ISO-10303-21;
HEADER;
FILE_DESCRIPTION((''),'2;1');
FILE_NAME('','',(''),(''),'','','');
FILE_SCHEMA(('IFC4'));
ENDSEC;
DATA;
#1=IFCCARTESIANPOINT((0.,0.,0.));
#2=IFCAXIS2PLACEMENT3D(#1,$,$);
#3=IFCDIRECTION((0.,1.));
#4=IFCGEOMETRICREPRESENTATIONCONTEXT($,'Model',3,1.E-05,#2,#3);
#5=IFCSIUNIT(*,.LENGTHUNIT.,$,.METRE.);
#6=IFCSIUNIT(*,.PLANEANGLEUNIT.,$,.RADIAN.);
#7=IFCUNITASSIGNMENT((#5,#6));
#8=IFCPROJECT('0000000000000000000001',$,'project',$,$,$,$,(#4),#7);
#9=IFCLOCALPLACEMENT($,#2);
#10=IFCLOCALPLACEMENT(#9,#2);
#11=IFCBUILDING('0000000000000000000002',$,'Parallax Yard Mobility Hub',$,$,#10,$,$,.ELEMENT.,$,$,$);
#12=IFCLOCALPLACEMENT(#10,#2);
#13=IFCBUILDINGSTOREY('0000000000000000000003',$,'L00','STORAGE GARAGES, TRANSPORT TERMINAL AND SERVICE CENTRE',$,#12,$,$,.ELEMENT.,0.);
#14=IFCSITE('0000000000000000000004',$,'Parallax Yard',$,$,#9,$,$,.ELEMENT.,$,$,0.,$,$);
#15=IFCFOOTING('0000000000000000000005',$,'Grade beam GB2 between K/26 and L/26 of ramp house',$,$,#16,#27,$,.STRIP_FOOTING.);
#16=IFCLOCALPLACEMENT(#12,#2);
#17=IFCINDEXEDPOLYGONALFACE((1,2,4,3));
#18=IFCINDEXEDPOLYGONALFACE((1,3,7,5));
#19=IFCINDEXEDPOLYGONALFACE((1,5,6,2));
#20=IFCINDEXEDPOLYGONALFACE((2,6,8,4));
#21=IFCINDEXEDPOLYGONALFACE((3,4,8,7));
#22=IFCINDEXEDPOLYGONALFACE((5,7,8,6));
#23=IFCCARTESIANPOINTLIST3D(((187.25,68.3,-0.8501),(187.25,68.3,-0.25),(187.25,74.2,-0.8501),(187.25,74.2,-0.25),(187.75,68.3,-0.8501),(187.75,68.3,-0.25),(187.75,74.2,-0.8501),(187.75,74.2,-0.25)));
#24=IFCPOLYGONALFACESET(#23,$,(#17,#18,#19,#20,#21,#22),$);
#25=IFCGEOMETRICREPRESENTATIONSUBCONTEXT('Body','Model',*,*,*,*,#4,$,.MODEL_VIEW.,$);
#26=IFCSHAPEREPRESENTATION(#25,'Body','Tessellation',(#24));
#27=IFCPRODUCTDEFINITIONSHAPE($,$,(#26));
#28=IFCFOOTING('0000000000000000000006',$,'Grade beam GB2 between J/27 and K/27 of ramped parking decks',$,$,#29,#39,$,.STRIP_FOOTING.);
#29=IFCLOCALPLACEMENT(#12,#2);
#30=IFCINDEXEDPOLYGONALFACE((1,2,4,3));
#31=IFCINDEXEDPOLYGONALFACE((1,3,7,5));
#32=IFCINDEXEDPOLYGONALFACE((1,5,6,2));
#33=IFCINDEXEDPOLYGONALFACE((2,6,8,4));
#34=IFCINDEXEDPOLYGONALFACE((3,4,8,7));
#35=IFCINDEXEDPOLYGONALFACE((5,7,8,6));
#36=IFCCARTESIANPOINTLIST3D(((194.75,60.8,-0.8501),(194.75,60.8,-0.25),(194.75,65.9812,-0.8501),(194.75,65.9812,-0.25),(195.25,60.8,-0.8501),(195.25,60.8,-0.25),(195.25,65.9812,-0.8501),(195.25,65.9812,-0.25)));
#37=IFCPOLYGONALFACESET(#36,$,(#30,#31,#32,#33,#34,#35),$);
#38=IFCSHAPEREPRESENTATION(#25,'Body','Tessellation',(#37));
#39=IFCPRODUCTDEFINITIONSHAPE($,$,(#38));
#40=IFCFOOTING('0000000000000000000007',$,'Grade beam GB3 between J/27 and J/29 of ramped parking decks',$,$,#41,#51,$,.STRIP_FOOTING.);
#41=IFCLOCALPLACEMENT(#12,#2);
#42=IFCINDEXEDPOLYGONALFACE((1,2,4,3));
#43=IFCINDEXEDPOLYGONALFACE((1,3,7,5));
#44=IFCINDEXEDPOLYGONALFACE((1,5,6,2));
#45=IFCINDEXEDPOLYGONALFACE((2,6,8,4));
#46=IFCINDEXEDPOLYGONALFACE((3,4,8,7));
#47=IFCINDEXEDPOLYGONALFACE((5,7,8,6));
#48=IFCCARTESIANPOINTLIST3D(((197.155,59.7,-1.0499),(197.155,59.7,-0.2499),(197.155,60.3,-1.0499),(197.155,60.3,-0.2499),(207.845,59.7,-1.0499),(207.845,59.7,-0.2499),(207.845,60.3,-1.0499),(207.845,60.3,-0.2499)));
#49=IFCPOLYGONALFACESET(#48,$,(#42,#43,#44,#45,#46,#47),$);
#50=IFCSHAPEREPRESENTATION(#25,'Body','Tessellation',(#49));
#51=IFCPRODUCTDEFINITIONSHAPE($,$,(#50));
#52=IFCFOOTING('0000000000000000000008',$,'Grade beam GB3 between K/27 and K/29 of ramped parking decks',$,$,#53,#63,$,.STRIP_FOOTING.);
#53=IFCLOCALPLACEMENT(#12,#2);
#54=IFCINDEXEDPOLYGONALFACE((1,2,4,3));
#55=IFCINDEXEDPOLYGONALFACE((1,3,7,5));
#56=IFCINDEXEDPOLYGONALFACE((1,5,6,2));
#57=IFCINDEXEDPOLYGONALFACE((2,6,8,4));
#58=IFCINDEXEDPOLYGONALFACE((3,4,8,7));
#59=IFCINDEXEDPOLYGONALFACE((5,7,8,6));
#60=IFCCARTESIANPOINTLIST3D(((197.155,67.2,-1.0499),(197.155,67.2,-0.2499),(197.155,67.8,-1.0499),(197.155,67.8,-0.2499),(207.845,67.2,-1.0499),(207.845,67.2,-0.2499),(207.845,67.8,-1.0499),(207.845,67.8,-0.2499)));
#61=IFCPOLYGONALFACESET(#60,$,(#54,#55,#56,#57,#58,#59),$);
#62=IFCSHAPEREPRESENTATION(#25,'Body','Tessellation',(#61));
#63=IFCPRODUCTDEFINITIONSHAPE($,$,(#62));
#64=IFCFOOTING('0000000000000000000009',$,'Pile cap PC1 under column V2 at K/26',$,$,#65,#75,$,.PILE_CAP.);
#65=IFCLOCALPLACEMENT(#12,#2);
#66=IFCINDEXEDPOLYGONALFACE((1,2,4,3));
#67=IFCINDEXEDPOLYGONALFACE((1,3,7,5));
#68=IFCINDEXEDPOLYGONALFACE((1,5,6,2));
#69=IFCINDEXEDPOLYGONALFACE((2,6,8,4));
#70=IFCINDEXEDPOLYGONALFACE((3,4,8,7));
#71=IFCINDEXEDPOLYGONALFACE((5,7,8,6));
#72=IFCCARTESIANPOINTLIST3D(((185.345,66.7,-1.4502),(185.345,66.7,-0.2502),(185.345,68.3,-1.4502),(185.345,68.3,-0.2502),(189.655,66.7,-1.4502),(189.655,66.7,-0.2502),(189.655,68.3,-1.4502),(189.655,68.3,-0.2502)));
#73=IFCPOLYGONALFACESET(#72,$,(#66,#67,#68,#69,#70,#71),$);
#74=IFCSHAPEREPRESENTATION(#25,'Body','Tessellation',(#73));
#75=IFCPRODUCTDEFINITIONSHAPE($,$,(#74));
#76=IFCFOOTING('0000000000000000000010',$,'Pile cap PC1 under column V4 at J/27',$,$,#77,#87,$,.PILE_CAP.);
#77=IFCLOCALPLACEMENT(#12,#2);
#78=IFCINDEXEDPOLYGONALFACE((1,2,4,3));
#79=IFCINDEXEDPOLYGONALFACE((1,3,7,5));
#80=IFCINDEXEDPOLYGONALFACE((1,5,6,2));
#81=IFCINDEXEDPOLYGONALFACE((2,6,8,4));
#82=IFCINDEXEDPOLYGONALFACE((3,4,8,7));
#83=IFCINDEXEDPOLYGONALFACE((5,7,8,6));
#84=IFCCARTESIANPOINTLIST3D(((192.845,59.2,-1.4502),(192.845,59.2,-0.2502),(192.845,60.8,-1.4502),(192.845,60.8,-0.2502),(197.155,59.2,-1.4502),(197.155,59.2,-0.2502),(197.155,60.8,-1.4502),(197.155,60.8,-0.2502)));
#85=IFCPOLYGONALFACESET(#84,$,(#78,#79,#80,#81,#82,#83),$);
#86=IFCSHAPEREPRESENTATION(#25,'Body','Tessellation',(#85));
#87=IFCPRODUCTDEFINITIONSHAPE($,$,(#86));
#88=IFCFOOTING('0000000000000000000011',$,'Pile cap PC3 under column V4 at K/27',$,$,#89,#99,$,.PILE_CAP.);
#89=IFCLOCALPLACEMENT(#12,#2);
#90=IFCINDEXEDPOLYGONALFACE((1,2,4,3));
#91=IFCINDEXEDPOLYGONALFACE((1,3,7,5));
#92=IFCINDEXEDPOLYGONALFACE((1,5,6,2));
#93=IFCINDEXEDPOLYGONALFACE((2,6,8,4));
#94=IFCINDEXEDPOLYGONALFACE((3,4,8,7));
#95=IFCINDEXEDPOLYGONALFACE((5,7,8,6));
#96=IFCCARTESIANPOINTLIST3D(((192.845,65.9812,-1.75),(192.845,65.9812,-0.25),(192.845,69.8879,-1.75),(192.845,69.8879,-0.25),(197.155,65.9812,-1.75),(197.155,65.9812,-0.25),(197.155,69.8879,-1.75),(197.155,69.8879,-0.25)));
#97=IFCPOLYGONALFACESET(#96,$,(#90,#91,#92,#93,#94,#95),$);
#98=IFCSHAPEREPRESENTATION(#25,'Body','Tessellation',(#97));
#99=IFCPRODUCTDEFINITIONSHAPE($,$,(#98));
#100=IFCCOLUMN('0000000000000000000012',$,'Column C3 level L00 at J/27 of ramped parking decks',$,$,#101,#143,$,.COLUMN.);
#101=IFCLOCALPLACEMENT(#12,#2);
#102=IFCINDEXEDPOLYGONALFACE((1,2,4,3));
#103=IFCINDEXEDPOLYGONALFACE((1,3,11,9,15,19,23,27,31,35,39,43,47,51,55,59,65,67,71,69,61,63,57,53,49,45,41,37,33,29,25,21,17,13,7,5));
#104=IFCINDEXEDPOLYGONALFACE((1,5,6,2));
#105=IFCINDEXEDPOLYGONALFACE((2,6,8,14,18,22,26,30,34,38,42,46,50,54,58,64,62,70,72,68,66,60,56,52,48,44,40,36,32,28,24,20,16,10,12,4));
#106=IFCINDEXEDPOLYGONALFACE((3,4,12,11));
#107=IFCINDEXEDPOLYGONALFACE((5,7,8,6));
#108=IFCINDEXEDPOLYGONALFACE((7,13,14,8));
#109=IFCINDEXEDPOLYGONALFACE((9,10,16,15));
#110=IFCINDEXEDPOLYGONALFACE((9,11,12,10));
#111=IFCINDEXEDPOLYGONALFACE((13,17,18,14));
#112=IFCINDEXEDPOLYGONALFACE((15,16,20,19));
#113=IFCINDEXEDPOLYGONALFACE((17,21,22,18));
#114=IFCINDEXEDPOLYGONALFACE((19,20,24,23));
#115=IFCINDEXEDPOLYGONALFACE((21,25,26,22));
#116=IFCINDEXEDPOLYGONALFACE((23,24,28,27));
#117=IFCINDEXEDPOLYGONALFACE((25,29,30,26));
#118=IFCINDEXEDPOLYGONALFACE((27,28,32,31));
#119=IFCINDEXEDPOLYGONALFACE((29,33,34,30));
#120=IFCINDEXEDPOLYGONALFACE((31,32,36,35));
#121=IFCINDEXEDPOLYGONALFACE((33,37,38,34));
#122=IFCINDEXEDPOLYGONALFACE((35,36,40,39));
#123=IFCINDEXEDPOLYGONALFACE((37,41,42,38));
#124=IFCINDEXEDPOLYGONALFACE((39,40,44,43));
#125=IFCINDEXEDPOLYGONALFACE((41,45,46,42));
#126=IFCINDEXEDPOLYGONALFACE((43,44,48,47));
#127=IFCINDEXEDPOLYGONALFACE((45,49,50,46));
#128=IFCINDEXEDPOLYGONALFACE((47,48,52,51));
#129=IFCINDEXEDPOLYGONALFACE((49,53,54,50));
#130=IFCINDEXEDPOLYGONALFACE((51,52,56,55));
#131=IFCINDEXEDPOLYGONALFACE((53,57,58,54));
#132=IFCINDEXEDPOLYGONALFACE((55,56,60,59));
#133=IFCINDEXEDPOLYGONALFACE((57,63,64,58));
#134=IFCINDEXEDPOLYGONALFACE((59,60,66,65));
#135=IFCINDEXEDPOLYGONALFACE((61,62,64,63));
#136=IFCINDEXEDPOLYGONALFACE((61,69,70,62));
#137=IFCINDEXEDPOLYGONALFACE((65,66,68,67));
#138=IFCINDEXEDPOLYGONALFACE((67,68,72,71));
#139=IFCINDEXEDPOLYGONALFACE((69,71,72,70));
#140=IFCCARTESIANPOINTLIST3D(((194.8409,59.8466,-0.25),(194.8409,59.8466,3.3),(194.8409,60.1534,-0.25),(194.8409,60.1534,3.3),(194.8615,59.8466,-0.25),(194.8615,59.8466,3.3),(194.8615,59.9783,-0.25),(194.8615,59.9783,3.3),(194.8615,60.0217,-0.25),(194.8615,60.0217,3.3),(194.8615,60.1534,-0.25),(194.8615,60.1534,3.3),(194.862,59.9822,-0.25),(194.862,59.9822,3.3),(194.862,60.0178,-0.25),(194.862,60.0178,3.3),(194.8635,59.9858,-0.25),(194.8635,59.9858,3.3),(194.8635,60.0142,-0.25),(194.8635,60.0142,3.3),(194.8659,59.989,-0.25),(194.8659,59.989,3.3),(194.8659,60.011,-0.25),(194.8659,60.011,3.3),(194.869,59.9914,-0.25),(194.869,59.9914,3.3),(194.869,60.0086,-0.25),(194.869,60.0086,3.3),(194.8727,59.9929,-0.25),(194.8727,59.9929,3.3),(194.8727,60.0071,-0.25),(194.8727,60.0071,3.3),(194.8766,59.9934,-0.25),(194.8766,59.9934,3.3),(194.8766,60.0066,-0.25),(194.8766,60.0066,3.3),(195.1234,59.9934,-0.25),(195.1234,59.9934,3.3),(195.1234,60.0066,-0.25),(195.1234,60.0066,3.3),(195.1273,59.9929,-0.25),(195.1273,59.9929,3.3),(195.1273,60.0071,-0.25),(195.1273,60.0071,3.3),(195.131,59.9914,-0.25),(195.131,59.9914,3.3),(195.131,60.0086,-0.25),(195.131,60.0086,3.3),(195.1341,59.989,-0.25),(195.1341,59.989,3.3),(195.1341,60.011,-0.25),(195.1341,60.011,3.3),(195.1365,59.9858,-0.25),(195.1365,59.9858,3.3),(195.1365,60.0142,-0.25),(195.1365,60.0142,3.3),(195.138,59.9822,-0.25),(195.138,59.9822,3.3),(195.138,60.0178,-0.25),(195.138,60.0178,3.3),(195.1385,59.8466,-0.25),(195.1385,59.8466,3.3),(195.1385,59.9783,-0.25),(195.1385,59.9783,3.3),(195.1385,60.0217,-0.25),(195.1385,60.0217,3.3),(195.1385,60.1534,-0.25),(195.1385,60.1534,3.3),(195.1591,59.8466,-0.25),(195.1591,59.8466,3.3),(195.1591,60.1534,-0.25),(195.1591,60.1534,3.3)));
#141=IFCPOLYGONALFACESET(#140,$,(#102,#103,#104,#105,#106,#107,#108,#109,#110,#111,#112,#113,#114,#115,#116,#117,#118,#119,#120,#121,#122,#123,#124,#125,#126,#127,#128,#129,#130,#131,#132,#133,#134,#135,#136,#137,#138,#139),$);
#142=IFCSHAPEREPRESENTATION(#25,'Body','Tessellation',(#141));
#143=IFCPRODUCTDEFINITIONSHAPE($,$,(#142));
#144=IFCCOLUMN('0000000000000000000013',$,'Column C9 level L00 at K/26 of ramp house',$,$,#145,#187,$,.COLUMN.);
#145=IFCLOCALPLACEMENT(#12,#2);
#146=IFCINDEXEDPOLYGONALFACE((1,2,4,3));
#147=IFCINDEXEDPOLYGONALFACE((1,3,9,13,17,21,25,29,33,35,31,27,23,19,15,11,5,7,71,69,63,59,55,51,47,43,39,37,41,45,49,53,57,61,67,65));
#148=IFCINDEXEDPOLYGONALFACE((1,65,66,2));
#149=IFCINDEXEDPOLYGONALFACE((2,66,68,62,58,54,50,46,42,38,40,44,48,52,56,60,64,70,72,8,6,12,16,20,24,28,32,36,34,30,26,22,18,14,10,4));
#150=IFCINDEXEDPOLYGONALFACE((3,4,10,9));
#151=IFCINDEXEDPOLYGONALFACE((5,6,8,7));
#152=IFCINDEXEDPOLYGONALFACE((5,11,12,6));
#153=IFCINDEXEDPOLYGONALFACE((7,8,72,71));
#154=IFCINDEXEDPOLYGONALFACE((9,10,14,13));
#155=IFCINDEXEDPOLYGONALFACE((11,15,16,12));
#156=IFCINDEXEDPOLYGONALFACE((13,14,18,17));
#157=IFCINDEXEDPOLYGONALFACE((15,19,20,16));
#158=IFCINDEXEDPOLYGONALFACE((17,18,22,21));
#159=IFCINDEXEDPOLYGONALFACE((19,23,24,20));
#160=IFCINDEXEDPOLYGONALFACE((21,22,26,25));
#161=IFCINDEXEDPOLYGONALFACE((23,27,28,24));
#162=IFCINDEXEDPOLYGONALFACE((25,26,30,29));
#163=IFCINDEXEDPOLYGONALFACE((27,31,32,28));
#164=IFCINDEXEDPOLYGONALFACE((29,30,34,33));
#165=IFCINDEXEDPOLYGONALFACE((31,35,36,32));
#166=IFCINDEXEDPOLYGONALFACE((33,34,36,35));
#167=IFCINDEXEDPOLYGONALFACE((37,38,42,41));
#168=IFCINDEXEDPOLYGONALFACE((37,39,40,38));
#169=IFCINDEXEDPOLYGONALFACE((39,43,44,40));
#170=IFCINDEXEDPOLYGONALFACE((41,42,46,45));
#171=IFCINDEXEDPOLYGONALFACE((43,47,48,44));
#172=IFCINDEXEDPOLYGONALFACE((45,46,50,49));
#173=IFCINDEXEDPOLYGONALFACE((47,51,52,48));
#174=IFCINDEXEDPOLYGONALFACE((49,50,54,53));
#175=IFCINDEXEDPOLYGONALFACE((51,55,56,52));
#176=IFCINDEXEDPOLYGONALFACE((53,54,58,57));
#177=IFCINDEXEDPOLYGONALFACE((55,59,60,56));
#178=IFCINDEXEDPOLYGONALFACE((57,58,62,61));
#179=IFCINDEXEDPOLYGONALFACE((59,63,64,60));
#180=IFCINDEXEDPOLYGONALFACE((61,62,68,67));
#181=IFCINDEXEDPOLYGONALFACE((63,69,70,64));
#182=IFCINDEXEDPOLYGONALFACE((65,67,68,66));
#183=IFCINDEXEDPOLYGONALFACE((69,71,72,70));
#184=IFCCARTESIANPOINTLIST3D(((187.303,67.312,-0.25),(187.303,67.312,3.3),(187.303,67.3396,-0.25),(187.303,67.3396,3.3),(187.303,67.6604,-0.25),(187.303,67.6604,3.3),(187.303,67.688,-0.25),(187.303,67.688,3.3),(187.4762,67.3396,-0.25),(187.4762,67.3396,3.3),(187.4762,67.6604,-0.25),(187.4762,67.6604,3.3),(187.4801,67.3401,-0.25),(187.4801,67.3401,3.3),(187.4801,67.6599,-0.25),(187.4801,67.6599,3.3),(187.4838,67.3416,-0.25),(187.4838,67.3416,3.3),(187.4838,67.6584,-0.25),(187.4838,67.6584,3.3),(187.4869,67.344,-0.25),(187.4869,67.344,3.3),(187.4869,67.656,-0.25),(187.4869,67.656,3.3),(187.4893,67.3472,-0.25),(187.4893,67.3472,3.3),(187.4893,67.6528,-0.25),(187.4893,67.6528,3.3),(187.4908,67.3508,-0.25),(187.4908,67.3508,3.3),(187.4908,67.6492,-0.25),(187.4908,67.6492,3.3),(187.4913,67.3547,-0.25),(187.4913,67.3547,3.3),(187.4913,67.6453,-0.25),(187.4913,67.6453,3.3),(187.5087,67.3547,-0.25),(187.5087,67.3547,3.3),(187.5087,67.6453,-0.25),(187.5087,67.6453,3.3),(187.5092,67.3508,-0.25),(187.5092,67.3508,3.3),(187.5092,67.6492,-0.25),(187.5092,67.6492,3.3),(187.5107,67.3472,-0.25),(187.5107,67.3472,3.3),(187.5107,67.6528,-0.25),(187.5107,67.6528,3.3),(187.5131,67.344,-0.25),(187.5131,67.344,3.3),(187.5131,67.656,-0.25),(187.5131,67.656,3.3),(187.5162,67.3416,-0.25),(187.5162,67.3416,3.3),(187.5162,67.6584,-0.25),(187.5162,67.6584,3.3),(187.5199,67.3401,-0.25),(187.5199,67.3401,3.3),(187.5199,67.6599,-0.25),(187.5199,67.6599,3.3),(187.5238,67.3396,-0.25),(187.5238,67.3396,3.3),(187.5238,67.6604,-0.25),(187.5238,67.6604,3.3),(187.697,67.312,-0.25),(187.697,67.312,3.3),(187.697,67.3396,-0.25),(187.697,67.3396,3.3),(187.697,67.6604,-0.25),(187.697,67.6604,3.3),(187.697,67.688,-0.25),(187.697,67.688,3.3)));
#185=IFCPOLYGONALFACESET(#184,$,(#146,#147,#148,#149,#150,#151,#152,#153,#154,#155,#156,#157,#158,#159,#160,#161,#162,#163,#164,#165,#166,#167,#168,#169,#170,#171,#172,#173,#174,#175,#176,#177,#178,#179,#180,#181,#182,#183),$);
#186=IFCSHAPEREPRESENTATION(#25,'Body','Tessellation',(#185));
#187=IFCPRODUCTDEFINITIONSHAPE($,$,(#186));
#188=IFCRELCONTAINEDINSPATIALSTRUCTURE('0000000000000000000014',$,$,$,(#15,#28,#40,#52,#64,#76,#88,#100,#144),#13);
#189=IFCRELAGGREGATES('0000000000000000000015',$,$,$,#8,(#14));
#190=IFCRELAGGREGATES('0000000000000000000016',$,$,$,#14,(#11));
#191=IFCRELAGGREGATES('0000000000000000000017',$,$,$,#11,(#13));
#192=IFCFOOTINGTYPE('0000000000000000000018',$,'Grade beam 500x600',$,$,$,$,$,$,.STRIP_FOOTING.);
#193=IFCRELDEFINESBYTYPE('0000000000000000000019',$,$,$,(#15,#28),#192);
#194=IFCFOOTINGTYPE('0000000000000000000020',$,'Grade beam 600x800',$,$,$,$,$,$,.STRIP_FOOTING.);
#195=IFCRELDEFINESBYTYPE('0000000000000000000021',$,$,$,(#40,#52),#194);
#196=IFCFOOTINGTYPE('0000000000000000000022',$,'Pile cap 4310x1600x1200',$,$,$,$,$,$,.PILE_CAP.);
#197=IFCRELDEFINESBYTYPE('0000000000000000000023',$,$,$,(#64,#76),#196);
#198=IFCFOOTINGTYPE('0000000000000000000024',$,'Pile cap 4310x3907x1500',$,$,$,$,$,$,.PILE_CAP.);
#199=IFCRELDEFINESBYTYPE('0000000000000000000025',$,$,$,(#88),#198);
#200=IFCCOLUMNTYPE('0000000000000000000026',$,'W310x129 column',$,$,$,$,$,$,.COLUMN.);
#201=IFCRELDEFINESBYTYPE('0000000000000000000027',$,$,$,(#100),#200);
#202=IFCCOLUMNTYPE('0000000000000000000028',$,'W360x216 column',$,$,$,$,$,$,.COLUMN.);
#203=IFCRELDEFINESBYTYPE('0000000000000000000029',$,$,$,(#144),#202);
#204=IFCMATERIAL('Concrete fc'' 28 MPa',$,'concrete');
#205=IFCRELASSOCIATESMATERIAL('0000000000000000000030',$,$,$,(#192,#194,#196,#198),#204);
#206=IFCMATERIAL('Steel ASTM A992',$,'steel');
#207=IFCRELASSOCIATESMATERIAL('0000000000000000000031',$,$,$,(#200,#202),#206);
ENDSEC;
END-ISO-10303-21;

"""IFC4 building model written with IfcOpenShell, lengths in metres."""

from ifc_helpers import new_model, si_unit, direction, frame, origin, origin_2d, place, context, subcontext, project, spatial, rectangle, i_section, extrude, material, material_profile, profile_set, type_object, element, save


model = new_model("IFC4")

# Units and contexts
model_context = context("Model", 3, precision=1e-05, world=origin(), true_north=direction((0.0, 1.0)))
body_context = subcontext(model_context, "Body", "Model", "MODEL_VIEW")
ifc_project = project(units=[si_unit("LENGTHUNIT", "METRE"), si_unit("PLANEANGLEUNIT", "RADIAN")], contexts=[model_context])

# Site, building, storey
site_placement = place(None, origin())
site = spatial("IfcSite", under=ifc_project, at=site_placement, Name="Parallax Yard", CompositionType="ELEMENT", RefElevation=0.0)
building_placement = place(site_placement, origin())
building = spatial("IfcBuilding", under=site, at=building_placement, Name="Parallax Yard Mobility Hub", CompositionType="ELEMENT")
storey_placement = place(building_placement, origin())
storey = spatial("IfcBuildingStorey", under=building, at=storey_placement, Name="L00", Description="STORAGE GARAGES, TRANSPORT TERMINAL AND SERVICE CENTRE", CompositionType="ELEMENT", Elevation=0.0)

# Shared definitions
ifc_material_1 = material(Name="Concrete fc' 28 MPa", Category="concrete")

# Footings
ifc_material_profile_1 = material_profile(ifc_material_1, rectangle(XDim=0.5, YDim=0.6001, at=origin_2d()), Name="Grade beam 500x600")
ifc_profile_set_1 = profile_set([ifc_material_profile_1], Name="Concrete fc' 28 MPa")
footing_type_1 = type_object("IfcFootingType", Name="Grade beam 500x600", PredefinedType="STRIP_FOOTING", material=ifc_profile_set_1)
footing_1_placement = place(storey_placement, frame((187.5, 68.3, -0.55), z_axis=(0.0, 1.0, 0.0), x_axis=(-1.0, 0.0, 0.0)))
element("IfcFooting", 1, at=footing_1_placement, inside=storey, type_object=footing_type_1, Name="Grade beam GB2 between K/26 and L/26 of ramp house", PredefinedType="STRIP_FOOTING", context=body_context, shape_type="SweptSolid", body=[
    extrude(rectangle(XDim=0.5, YDim=0.6001, at=origin_2d()), origin(), (0.0, 0.0, 1.0), 5.8999),
])
footing_2_placement = place(storey_placement, frame((195.0, 60.8, -0.55), z_axis=(0.0, 1.0, 0.0), x_axis=(-1.0, 0.0, 0.0)))
element("IfcFooting", 2, at=footing_2_placement, inside=storey, type_object=footing_type_1, Name="Grade beam GB2 between J/27 and K/27 of ramped parking decks", PredefinedType="STRIP_FOOTING", context=body_context, shape_type="SweptSolid", body=[
    extrude(rectangle(XDim=0.5, YDim=0.6001, at=origin_2d()), origin(), (0.0, 0.0, 1.0), 5.1812),
])
ifc_material_profile_2 = material_profile(ifc_material_1, rectangle(XDim=0.6001, YDim=0.8, at=origin_2d()), Name="Grade beam 600x800")
ifc_profile_set_2 = profile_set([ifc_material_profile_2], Name="Concrete fc' 28 MPa")
footing_type_2 = type_object("IfcFootingType", Name="Grade beam 600x800", PredefinedType="STRIP_FOOTING", material=ifc_profile_set_2)
for number, where, z_axis, x_axis, name in (
    (3, (197.155, 60.0, -0.6499), (1.0, 0.0, 0.0), (0.0, 1.0, 0.0), "Grade beam GB3 between J/27 and J/29 of ramped parking decks"),
    (4, (197.155, 67.5, -0.6499), (1.0, 0.0, 0.0), (0.0, 1.0, 0.0), "Grade beam GB3 between K/27 and K/29 of ramped parking decks"),
):
    element("IfcFooting", number, at=place(storey_placement, frame(where, z_axis=z_axis, x_axis=x_axis)), inside=storey, type_object=footing_type_2, Name=name, PredefinedType="STRIP_FOOTING", context=body_context, shape_type="SweptSolid", body=[
        extrude(rectangle(XDim=0.6001, YDim=0.8, at=origin_2d()), origin(), (0.0, 0.0, 1.0), 10.6899),
    ])
footing_type_3 = type_object("IfcFootingType", Name="Pile cap 4310x1600x1200", PredefinedType="PILE_CAP", material=ifc_material_1)
for number, where, z_axis, x_axis, name in (
    (5, (187.5, 67.5, -1.4502), (0.0, 0.0, 1.0), (1.0, 0.0, 0.0), "Pile cap PC1 under column V2 at K/26"),
    (6, (195.0, 60.0, -1.4502), (0.0, 0.0, 1.0), (1.0, 0.0, 0.0), "Pile cap PC1 under column V4 at J/27"),
):
    element("IfcFooting", number, at=place(storey_placement, frame(where, z_axis=z_axis, x_axis=x_axis)), inside=storey, type_object=footing_type_3, Name=name, PredefinedType="PILE_CAP", context=body_context, shape_type="SweptSolid", body=[
        extrude(rectangle(XDim=4.3101, YDim=1.6001, at=origin_2d()), origin(), (0.0, 0.0, 1.0), 1.2),
    ])
footing_type_4 = type_object("IfcFootingType", Name="Pile cap 4310x3907x1500", PredefinedType="PILE_CAP", material=ifc_material_1)
footing_3_placement = place(storey_placement, frame((195.0, 67.9346, -1.75), z_axis=(0.0, 0.0, 1.0), x_axis=(1.0, 0.0, 0.0)))
element("IfcFooting", 7, at=footing_3_placement, inside=storey, type_object=footing_type_4, Name="Pile cap PC3 under column V4 at K/27", PredefinedType="PILE_CAP", context=body_context, shape_type="SweptSolid", body=[
    extrude(rectangle(XDim=4.3101, YDim=3.9067, at=origin_2d()), origin(), (0.0, 0.0, 1.0), 1.5),
])

# Columns
ifc_material_2 = material(Name="Steel ASTM A992", Category="steel")
ifc_material_profile_3 = material_profile(ifc_material_2, i_section(OverallWidth=0.3069, OverallDepth=0.3181, WebThickness=0.0132, FlangeThickness=0.0205, FilletRadius=0.0151, at=origin_2d()), Name="W310x129")
ifc_profile_set_3 = profile_set([ifc_material_profile_3], Name="Steel ASTM A992")
column_type_1 = type_object("IfcColumnType", Name="W310x129 column", PredefinedType="COLUMN", material=ifc_profile_set_3)
column_placement = place(storey_placement, frame((195.0, 60.0, -0.25), z_axis=(0.0, 0.0, 1.0), x_axis=(0.0, 1.0, 0.0)))
element("IfcColumn", 8, at=column_placement, inside=storey, type_object=column_type_1, Name="Column C3 level L00 at J/27 of ramped parking decks", PredefinedType="COLUMN", context=body_context, shape_type="SweptSolid", body=[
    extrude(i_section(OverallWidth=0.3069, OverallDepth=0.3181, WebThickness=0.0132, FlangeThickness=0.0205, FilletRadius=0.0151, at=origin_2d()), origin(), (0.0, 0.0, 1.0), 3.55),
])
ifc_material_profile_4 = material_profile(ifc_material_2, i_section(OverallWidth=0.394, OverallDepth=0.376, WebThickness=0.0173, FlangeThickness=0.0276, FilletRadius=0.0151, at=origin_2d()), Name="W360x216")
ifc_profile_set_4 = profile_set([ifc_material_profile_4], Name="Steel ASTM A992")
column_type_2 = type_object("IfcColumnType", Name="W360x216 column", PredefinedType="COLUMN", material=ifc_profile_set_4)
for number, where, z_axis, x_axis, name in (
    (9, (187.5, 67.5, -0.25), (0.0, 0.0, 1.0), (1.0, 0.0, 0.0), "Column C9 level L00 at K/26 of ramp house"),
):
    element("IfcColumn", number, at=place(storey_placement, frame(where, z_axis=z_axis, x_axis=x_axis)), inside=storey, type_object=column_type_2, Name=name, PredefinedType="COLUMN", context=body_context, shape_type="SweptSolid", body=[
        extrude(i_section(OverallWidth=0.394, OverallDepth=0.376, WebThickness=0.0173, FlangeThickness=0.0276, FilletRadius=0.0151, at=origin_2d()), origin(), (0.0, 0.0, 1.0), 3.55),
    ])

save(model, "model.ifc")
